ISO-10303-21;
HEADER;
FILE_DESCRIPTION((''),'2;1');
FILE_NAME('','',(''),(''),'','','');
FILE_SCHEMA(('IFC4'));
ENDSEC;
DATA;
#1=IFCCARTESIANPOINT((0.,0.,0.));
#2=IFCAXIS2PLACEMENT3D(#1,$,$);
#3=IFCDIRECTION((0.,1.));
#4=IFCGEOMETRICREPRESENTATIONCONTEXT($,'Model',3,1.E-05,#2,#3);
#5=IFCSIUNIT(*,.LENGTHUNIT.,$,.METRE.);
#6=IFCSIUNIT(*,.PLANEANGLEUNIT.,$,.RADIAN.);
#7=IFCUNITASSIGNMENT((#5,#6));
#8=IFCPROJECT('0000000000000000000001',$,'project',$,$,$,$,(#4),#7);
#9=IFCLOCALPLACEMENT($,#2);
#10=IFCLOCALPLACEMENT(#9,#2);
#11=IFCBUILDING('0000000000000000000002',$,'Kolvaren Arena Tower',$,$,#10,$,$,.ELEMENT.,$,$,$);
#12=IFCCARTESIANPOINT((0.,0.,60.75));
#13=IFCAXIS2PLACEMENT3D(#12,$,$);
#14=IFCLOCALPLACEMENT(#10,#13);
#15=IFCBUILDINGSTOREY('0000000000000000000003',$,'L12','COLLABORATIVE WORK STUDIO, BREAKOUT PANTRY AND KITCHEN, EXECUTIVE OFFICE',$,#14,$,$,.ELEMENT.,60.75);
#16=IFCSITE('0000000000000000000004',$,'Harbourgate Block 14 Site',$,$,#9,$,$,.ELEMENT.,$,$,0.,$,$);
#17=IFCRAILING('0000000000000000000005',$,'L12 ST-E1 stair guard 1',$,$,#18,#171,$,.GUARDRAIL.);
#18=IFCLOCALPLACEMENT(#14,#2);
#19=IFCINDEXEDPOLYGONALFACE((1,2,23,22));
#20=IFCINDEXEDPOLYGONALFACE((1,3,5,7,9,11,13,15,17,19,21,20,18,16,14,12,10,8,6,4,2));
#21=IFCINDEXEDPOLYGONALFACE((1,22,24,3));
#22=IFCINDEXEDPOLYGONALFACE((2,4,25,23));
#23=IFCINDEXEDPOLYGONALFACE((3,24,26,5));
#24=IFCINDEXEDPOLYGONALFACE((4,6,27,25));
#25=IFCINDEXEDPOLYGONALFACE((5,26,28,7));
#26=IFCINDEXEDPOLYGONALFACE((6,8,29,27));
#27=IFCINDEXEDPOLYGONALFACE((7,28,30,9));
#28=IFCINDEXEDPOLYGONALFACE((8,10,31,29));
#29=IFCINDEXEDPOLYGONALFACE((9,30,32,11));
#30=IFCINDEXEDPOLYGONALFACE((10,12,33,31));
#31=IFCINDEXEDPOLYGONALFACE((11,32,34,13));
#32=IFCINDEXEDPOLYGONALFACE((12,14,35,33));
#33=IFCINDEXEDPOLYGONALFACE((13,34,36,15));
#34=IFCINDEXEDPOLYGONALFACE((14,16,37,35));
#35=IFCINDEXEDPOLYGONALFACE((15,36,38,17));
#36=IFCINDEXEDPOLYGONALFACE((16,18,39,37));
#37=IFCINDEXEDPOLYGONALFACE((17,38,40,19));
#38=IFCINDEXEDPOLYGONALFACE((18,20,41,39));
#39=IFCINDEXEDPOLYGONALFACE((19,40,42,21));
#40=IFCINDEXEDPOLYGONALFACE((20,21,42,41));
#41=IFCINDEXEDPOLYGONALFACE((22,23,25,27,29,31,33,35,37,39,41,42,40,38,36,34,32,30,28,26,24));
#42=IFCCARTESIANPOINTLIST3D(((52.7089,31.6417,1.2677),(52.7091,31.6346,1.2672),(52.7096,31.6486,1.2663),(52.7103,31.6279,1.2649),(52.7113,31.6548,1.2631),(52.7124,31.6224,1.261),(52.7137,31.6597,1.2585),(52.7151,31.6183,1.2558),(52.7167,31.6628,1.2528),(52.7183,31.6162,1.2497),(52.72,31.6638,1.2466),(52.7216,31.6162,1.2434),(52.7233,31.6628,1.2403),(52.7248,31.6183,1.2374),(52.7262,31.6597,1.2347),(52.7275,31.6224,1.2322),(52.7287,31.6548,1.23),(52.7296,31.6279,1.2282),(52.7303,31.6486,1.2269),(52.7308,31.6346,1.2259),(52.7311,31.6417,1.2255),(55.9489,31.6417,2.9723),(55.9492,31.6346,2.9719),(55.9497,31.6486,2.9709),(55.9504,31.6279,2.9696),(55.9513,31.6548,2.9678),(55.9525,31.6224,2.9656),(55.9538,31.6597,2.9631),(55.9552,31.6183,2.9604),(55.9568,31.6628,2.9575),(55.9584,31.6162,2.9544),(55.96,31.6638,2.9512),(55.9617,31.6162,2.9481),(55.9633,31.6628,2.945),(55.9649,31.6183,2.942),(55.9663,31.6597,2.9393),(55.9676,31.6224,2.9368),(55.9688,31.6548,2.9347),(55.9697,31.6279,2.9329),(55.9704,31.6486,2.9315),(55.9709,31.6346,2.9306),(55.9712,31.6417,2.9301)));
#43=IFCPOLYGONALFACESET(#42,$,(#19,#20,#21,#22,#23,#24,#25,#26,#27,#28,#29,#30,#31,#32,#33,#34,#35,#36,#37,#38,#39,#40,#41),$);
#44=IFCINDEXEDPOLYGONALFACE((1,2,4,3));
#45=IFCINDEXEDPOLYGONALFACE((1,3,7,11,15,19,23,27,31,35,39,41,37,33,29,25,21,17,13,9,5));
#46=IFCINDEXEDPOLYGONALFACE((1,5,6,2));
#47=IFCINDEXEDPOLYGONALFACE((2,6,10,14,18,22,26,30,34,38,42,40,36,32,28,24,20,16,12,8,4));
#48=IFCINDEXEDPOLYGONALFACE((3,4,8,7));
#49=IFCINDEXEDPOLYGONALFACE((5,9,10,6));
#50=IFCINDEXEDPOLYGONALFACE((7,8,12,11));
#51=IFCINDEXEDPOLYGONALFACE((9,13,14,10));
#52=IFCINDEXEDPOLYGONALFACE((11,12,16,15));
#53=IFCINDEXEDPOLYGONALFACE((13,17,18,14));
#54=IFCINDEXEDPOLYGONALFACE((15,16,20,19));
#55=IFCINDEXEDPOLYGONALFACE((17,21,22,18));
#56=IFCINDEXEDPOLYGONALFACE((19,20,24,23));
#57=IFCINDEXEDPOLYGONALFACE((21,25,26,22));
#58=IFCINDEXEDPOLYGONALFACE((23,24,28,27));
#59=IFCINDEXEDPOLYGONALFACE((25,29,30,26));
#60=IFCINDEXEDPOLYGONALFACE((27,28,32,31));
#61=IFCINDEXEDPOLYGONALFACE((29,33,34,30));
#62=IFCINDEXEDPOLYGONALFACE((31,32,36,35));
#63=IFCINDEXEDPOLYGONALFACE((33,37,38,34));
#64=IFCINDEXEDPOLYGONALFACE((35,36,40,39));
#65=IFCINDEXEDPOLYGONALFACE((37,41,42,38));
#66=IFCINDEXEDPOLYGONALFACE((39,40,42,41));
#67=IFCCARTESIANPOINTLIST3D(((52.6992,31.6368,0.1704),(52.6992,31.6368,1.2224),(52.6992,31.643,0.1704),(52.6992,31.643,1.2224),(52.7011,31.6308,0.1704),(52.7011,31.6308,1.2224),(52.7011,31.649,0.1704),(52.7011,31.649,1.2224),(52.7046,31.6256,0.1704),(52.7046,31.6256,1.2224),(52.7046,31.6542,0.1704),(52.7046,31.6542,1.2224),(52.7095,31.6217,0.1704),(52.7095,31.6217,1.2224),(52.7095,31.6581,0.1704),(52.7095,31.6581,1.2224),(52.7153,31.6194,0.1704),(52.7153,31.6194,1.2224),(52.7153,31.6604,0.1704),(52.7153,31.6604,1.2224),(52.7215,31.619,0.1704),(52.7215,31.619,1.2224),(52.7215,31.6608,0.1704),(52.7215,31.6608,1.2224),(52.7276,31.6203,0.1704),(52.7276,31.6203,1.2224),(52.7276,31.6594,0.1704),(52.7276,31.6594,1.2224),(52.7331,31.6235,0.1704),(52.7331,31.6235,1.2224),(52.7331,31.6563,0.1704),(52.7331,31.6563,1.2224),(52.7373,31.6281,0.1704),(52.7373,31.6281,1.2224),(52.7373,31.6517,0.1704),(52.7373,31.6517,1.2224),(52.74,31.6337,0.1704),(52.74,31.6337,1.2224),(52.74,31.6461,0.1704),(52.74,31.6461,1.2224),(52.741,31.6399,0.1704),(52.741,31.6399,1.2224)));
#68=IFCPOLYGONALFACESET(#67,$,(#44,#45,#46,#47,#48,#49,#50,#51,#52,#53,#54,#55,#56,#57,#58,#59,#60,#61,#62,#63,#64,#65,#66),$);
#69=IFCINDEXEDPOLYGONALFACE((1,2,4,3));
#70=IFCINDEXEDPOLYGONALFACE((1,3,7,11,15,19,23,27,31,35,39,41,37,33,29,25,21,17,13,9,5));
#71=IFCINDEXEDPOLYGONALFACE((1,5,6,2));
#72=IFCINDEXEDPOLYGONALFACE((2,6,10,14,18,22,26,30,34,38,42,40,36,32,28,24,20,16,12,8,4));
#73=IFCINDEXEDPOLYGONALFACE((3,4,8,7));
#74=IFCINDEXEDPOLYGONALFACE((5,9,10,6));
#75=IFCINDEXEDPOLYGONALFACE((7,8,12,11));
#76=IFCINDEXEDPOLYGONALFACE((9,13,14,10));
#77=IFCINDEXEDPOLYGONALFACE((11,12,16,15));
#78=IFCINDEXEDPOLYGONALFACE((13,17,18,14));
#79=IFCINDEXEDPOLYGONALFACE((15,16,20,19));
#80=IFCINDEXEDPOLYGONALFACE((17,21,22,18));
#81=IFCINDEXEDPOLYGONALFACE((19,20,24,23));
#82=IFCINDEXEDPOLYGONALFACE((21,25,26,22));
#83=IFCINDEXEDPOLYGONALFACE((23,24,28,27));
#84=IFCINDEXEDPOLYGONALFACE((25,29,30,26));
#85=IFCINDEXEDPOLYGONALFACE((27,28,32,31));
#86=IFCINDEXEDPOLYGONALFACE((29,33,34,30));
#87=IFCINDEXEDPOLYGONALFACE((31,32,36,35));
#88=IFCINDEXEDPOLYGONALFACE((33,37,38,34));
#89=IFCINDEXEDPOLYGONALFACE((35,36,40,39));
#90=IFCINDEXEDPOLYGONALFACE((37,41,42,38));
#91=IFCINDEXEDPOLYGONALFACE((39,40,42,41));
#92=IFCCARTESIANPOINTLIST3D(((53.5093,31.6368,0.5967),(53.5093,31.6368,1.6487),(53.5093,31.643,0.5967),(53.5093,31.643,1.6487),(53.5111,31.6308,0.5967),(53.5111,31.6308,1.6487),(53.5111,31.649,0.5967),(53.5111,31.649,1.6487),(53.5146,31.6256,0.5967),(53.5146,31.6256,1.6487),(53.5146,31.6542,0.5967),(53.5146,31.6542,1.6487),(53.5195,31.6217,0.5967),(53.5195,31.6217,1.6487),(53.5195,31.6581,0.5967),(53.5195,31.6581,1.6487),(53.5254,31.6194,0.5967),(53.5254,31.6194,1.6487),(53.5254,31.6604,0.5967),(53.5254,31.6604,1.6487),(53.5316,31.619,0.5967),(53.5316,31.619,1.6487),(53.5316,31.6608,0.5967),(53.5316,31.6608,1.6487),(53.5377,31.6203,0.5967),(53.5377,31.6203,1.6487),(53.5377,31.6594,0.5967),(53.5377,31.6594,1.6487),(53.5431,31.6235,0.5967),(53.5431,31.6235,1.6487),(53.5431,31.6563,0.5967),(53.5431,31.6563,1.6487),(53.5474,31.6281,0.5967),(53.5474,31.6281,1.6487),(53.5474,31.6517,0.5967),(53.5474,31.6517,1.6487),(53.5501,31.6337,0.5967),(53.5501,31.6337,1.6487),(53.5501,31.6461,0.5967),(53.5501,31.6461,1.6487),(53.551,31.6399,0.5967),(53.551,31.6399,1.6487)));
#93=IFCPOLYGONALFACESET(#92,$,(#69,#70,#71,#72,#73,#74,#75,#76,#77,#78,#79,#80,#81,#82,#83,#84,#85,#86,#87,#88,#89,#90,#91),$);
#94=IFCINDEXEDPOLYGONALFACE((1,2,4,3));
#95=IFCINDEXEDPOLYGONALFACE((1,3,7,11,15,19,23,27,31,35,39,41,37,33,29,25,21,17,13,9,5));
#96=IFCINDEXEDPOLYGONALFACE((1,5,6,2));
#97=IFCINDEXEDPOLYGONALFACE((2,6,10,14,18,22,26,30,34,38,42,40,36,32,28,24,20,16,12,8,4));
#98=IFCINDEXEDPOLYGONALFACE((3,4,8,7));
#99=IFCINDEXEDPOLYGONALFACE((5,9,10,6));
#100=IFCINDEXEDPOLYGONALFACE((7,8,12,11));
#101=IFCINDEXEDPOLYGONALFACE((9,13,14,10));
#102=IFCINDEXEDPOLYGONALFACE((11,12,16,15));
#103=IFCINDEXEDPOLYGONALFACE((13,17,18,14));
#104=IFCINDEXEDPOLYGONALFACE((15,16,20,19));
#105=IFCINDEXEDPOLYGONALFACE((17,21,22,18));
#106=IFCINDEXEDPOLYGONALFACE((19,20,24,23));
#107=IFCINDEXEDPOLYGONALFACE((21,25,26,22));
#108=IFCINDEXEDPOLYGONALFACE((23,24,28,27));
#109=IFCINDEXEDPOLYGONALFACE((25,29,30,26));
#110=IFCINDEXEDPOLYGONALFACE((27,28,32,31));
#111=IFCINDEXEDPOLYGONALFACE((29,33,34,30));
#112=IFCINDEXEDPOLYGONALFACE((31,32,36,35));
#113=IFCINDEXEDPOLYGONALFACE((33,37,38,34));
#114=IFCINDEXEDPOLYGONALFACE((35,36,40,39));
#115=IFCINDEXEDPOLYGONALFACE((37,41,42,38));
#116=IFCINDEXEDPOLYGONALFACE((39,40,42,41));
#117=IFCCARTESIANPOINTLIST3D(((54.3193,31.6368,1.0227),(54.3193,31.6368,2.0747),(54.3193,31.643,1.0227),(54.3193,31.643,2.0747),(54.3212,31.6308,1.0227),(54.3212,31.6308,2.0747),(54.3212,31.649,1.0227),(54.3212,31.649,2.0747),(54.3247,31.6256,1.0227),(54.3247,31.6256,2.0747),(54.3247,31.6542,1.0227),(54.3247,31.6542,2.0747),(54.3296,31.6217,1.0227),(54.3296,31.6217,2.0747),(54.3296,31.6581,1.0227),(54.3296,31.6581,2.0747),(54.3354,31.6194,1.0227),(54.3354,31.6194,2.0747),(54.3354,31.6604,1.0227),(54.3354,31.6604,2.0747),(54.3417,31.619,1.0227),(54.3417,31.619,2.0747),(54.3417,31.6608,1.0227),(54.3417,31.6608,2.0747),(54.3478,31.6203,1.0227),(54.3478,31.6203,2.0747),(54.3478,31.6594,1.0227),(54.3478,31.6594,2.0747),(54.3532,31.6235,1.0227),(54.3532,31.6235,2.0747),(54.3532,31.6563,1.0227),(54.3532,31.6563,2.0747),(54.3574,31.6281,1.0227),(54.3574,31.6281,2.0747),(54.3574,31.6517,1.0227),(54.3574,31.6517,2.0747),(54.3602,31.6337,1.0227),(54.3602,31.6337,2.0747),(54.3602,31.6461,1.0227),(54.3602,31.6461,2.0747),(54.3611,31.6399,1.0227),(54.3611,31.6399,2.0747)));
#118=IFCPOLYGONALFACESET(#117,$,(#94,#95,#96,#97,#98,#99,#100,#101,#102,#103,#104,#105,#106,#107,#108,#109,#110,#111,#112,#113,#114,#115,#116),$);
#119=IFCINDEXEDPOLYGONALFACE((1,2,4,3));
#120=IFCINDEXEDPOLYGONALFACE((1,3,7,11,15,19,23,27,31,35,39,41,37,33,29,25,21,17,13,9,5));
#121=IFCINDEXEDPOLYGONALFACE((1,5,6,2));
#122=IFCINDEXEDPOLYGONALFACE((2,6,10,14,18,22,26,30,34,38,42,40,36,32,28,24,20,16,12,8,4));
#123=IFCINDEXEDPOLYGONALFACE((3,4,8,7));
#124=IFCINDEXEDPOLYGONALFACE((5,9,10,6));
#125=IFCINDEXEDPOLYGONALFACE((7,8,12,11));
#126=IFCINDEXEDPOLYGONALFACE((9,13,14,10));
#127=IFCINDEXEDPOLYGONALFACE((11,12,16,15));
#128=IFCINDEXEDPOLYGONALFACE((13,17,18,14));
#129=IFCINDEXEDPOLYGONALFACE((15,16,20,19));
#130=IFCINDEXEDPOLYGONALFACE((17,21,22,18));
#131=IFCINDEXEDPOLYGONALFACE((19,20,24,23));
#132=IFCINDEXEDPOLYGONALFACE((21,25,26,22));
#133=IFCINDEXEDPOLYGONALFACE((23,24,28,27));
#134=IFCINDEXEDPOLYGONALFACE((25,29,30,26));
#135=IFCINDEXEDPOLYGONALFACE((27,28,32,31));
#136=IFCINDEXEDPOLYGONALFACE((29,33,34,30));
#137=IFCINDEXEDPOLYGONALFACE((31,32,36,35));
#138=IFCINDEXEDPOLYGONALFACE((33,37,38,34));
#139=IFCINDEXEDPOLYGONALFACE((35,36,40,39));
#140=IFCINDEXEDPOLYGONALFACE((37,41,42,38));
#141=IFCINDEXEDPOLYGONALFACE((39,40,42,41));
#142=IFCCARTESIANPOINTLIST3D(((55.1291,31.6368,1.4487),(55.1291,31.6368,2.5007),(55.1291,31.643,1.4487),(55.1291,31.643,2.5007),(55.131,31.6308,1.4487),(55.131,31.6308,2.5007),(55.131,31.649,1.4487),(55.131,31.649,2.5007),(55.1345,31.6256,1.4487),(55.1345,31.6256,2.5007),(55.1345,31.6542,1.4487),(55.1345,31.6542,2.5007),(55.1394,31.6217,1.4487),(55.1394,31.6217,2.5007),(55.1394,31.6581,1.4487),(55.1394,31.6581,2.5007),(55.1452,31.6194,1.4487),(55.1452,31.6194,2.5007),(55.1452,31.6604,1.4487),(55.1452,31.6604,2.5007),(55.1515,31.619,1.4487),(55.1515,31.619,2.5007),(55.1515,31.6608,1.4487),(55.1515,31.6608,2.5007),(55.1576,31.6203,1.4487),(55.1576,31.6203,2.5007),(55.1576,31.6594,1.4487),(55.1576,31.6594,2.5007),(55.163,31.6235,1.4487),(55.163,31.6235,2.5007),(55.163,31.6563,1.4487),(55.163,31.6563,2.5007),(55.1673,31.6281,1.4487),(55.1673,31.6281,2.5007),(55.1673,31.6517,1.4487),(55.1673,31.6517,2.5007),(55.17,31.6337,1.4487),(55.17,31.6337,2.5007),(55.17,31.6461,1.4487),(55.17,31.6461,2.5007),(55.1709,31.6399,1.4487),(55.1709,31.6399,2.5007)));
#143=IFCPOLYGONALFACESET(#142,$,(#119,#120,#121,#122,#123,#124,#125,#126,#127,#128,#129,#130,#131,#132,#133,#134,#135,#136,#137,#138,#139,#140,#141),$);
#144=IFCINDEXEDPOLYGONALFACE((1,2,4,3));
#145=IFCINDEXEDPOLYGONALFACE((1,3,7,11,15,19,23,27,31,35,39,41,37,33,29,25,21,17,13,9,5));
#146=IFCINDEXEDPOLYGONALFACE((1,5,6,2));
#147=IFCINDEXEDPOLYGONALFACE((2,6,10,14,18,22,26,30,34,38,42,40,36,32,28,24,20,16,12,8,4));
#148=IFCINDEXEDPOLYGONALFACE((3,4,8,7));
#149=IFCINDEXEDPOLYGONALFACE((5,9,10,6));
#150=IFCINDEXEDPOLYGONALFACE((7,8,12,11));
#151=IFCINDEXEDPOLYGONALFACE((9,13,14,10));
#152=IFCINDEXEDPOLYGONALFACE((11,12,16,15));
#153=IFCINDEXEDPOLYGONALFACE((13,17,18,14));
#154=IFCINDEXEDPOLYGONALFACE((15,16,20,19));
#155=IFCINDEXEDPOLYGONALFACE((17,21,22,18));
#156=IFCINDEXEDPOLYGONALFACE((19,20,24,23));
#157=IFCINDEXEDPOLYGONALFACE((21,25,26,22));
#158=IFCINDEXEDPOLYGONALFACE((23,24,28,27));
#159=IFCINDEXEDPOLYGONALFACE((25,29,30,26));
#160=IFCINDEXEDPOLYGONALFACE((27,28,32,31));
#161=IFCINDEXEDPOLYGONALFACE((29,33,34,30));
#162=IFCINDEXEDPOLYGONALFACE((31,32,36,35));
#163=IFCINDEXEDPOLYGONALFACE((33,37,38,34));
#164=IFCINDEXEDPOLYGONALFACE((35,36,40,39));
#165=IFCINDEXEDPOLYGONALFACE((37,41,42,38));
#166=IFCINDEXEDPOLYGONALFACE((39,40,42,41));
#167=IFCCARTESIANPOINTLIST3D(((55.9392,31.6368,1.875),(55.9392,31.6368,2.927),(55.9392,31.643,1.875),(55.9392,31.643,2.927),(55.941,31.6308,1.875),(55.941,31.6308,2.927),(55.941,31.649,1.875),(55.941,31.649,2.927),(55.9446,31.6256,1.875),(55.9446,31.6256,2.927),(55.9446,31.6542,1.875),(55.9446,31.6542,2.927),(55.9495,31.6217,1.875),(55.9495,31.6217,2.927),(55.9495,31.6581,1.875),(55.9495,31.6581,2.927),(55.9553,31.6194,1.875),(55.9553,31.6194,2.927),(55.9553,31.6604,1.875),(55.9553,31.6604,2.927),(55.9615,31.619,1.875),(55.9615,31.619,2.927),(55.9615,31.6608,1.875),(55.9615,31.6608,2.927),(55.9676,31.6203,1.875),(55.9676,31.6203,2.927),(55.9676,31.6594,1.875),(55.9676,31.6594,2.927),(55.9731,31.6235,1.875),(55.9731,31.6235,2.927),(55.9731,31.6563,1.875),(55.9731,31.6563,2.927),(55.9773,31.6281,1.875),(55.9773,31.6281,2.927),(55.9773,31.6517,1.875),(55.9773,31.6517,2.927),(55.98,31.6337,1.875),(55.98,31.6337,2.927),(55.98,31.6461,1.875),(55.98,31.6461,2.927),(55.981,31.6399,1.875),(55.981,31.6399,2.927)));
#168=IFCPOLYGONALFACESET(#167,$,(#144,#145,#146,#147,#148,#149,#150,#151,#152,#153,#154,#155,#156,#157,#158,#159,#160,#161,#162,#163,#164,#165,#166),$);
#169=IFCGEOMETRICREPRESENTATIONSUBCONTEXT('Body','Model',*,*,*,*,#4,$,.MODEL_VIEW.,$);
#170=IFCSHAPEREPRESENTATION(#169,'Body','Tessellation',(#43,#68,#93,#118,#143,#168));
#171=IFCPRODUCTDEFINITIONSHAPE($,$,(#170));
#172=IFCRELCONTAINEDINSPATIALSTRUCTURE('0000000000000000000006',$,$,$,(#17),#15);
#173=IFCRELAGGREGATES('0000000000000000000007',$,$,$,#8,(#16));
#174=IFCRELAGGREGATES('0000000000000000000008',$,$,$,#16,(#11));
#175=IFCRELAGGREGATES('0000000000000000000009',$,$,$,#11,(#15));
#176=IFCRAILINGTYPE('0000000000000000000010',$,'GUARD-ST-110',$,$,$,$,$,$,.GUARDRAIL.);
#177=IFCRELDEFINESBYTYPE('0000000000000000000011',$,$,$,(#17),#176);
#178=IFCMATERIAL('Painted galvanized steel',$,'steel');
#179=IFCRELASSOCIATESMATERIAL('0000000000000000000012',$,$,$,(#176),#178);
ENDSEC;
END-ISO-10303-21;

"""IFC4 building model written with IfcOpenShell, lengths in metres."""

from ifc_helpers import new_model, si_unit, direction, frame, origin, origin_2d, place, context, subcontext, project, spatial, circle, extrude, material, type_object, element, save


model = new_model("IFC4")

# Units and contexts
model_context = context("Model", 3, precision=1e-05, world=origin(), true_north=direction((0.0, 1.0)))
body_context = subcontext(model_context, "Body", "Model", "MODEL_VIEW")
ifc_project = project(units=[si_unit("LENGTHUNIT", "METRE"), si_unit("PLANEANGLEUNIT", "RADIAN")], contexts=[model_context])

# Site, building, storey
site_placement = place(None, origin())
site = spatial("IfcSite", under=ifc_project, at=site_placement, Name="Harbourgate Block 14 Site", CompositionType="ELEMENT", RefElevation=0.0)
building_placement = place(site_placement, origin())
building = spatial("IfcBuilding", under=site, at=building_placement, Name="Kolvaren Arena Tower", CompositionType="ELEMENT")
storey_placement = place(building_placement, frame((0.0, 0.0, 60.75)))
storey = spatial("IfcBuildingStorey", under=building, at=storey_placement, Name="L12", Description="COLLABORATIVE WORK STUDIO, BREAKOUT PANTRY AND KITCHEN, EXECUTIVE OFFICE", CompositionType="ELEMENT", Elevation=60.75)

# Railing
ifc_material_1 = material(Name="Painted galvanized steel", Category="steel")
railing_type_1 = type_object("IfcRailingType", Name="GUARD-ST-110", PredefinedType="GUARDRAIL", material=ifc_material_1)
railing_1_placement = place(storey_placement, frame((52.72, 31.6399, 0.1704)))
element("IfcRailing", 1, at=railing_1_placement, inside=storey, type_object=railing_type_1, Name="L12 ST-E1 stair guard 1", PredefinedType="GUARDRAIL", context=body_context, shape_type="SweptSolid", body=[
    extrude(circle(Radius=0.0239, at=origin_2d()), frame((0.0, 0.0, 1.0762), z_axis=(0.884993, 0.0, 0.465604), x_axis=(0.0, 1.0, 0.0)), (0.0, 0.0, 1.0), 3.6611),
    extrude(circle(Radius=0.021, at=origin_2d()), origin(), (0.0, 0.0, 1.0), 1.052),
    extrude(circle(Radius=0.021, at=origin_2d()), frame((0.8101, 0.0, 0.4263)), (0.0, 0.0, 1.0), 1.052),
    extrude(circle(Radius=0.021, at=origin_2d()), frame((1.6201, 0.0, 0.8523)), (0.0, 0.0, 1.0), 1.052),
    extrude(circle(Radius=0.021, at=origin_2d()), frame((2.4299, 0.0, 1.2783)), (0.0, 0.0, 1.0), 1.052),
    extrude(circle(Radius=0.021, at=origin_2d()), frame((3.24, 0.0, 1.7046)), (0.0, 0.0, 1.0), 1.052),
])

save(model, "model.ifc")
